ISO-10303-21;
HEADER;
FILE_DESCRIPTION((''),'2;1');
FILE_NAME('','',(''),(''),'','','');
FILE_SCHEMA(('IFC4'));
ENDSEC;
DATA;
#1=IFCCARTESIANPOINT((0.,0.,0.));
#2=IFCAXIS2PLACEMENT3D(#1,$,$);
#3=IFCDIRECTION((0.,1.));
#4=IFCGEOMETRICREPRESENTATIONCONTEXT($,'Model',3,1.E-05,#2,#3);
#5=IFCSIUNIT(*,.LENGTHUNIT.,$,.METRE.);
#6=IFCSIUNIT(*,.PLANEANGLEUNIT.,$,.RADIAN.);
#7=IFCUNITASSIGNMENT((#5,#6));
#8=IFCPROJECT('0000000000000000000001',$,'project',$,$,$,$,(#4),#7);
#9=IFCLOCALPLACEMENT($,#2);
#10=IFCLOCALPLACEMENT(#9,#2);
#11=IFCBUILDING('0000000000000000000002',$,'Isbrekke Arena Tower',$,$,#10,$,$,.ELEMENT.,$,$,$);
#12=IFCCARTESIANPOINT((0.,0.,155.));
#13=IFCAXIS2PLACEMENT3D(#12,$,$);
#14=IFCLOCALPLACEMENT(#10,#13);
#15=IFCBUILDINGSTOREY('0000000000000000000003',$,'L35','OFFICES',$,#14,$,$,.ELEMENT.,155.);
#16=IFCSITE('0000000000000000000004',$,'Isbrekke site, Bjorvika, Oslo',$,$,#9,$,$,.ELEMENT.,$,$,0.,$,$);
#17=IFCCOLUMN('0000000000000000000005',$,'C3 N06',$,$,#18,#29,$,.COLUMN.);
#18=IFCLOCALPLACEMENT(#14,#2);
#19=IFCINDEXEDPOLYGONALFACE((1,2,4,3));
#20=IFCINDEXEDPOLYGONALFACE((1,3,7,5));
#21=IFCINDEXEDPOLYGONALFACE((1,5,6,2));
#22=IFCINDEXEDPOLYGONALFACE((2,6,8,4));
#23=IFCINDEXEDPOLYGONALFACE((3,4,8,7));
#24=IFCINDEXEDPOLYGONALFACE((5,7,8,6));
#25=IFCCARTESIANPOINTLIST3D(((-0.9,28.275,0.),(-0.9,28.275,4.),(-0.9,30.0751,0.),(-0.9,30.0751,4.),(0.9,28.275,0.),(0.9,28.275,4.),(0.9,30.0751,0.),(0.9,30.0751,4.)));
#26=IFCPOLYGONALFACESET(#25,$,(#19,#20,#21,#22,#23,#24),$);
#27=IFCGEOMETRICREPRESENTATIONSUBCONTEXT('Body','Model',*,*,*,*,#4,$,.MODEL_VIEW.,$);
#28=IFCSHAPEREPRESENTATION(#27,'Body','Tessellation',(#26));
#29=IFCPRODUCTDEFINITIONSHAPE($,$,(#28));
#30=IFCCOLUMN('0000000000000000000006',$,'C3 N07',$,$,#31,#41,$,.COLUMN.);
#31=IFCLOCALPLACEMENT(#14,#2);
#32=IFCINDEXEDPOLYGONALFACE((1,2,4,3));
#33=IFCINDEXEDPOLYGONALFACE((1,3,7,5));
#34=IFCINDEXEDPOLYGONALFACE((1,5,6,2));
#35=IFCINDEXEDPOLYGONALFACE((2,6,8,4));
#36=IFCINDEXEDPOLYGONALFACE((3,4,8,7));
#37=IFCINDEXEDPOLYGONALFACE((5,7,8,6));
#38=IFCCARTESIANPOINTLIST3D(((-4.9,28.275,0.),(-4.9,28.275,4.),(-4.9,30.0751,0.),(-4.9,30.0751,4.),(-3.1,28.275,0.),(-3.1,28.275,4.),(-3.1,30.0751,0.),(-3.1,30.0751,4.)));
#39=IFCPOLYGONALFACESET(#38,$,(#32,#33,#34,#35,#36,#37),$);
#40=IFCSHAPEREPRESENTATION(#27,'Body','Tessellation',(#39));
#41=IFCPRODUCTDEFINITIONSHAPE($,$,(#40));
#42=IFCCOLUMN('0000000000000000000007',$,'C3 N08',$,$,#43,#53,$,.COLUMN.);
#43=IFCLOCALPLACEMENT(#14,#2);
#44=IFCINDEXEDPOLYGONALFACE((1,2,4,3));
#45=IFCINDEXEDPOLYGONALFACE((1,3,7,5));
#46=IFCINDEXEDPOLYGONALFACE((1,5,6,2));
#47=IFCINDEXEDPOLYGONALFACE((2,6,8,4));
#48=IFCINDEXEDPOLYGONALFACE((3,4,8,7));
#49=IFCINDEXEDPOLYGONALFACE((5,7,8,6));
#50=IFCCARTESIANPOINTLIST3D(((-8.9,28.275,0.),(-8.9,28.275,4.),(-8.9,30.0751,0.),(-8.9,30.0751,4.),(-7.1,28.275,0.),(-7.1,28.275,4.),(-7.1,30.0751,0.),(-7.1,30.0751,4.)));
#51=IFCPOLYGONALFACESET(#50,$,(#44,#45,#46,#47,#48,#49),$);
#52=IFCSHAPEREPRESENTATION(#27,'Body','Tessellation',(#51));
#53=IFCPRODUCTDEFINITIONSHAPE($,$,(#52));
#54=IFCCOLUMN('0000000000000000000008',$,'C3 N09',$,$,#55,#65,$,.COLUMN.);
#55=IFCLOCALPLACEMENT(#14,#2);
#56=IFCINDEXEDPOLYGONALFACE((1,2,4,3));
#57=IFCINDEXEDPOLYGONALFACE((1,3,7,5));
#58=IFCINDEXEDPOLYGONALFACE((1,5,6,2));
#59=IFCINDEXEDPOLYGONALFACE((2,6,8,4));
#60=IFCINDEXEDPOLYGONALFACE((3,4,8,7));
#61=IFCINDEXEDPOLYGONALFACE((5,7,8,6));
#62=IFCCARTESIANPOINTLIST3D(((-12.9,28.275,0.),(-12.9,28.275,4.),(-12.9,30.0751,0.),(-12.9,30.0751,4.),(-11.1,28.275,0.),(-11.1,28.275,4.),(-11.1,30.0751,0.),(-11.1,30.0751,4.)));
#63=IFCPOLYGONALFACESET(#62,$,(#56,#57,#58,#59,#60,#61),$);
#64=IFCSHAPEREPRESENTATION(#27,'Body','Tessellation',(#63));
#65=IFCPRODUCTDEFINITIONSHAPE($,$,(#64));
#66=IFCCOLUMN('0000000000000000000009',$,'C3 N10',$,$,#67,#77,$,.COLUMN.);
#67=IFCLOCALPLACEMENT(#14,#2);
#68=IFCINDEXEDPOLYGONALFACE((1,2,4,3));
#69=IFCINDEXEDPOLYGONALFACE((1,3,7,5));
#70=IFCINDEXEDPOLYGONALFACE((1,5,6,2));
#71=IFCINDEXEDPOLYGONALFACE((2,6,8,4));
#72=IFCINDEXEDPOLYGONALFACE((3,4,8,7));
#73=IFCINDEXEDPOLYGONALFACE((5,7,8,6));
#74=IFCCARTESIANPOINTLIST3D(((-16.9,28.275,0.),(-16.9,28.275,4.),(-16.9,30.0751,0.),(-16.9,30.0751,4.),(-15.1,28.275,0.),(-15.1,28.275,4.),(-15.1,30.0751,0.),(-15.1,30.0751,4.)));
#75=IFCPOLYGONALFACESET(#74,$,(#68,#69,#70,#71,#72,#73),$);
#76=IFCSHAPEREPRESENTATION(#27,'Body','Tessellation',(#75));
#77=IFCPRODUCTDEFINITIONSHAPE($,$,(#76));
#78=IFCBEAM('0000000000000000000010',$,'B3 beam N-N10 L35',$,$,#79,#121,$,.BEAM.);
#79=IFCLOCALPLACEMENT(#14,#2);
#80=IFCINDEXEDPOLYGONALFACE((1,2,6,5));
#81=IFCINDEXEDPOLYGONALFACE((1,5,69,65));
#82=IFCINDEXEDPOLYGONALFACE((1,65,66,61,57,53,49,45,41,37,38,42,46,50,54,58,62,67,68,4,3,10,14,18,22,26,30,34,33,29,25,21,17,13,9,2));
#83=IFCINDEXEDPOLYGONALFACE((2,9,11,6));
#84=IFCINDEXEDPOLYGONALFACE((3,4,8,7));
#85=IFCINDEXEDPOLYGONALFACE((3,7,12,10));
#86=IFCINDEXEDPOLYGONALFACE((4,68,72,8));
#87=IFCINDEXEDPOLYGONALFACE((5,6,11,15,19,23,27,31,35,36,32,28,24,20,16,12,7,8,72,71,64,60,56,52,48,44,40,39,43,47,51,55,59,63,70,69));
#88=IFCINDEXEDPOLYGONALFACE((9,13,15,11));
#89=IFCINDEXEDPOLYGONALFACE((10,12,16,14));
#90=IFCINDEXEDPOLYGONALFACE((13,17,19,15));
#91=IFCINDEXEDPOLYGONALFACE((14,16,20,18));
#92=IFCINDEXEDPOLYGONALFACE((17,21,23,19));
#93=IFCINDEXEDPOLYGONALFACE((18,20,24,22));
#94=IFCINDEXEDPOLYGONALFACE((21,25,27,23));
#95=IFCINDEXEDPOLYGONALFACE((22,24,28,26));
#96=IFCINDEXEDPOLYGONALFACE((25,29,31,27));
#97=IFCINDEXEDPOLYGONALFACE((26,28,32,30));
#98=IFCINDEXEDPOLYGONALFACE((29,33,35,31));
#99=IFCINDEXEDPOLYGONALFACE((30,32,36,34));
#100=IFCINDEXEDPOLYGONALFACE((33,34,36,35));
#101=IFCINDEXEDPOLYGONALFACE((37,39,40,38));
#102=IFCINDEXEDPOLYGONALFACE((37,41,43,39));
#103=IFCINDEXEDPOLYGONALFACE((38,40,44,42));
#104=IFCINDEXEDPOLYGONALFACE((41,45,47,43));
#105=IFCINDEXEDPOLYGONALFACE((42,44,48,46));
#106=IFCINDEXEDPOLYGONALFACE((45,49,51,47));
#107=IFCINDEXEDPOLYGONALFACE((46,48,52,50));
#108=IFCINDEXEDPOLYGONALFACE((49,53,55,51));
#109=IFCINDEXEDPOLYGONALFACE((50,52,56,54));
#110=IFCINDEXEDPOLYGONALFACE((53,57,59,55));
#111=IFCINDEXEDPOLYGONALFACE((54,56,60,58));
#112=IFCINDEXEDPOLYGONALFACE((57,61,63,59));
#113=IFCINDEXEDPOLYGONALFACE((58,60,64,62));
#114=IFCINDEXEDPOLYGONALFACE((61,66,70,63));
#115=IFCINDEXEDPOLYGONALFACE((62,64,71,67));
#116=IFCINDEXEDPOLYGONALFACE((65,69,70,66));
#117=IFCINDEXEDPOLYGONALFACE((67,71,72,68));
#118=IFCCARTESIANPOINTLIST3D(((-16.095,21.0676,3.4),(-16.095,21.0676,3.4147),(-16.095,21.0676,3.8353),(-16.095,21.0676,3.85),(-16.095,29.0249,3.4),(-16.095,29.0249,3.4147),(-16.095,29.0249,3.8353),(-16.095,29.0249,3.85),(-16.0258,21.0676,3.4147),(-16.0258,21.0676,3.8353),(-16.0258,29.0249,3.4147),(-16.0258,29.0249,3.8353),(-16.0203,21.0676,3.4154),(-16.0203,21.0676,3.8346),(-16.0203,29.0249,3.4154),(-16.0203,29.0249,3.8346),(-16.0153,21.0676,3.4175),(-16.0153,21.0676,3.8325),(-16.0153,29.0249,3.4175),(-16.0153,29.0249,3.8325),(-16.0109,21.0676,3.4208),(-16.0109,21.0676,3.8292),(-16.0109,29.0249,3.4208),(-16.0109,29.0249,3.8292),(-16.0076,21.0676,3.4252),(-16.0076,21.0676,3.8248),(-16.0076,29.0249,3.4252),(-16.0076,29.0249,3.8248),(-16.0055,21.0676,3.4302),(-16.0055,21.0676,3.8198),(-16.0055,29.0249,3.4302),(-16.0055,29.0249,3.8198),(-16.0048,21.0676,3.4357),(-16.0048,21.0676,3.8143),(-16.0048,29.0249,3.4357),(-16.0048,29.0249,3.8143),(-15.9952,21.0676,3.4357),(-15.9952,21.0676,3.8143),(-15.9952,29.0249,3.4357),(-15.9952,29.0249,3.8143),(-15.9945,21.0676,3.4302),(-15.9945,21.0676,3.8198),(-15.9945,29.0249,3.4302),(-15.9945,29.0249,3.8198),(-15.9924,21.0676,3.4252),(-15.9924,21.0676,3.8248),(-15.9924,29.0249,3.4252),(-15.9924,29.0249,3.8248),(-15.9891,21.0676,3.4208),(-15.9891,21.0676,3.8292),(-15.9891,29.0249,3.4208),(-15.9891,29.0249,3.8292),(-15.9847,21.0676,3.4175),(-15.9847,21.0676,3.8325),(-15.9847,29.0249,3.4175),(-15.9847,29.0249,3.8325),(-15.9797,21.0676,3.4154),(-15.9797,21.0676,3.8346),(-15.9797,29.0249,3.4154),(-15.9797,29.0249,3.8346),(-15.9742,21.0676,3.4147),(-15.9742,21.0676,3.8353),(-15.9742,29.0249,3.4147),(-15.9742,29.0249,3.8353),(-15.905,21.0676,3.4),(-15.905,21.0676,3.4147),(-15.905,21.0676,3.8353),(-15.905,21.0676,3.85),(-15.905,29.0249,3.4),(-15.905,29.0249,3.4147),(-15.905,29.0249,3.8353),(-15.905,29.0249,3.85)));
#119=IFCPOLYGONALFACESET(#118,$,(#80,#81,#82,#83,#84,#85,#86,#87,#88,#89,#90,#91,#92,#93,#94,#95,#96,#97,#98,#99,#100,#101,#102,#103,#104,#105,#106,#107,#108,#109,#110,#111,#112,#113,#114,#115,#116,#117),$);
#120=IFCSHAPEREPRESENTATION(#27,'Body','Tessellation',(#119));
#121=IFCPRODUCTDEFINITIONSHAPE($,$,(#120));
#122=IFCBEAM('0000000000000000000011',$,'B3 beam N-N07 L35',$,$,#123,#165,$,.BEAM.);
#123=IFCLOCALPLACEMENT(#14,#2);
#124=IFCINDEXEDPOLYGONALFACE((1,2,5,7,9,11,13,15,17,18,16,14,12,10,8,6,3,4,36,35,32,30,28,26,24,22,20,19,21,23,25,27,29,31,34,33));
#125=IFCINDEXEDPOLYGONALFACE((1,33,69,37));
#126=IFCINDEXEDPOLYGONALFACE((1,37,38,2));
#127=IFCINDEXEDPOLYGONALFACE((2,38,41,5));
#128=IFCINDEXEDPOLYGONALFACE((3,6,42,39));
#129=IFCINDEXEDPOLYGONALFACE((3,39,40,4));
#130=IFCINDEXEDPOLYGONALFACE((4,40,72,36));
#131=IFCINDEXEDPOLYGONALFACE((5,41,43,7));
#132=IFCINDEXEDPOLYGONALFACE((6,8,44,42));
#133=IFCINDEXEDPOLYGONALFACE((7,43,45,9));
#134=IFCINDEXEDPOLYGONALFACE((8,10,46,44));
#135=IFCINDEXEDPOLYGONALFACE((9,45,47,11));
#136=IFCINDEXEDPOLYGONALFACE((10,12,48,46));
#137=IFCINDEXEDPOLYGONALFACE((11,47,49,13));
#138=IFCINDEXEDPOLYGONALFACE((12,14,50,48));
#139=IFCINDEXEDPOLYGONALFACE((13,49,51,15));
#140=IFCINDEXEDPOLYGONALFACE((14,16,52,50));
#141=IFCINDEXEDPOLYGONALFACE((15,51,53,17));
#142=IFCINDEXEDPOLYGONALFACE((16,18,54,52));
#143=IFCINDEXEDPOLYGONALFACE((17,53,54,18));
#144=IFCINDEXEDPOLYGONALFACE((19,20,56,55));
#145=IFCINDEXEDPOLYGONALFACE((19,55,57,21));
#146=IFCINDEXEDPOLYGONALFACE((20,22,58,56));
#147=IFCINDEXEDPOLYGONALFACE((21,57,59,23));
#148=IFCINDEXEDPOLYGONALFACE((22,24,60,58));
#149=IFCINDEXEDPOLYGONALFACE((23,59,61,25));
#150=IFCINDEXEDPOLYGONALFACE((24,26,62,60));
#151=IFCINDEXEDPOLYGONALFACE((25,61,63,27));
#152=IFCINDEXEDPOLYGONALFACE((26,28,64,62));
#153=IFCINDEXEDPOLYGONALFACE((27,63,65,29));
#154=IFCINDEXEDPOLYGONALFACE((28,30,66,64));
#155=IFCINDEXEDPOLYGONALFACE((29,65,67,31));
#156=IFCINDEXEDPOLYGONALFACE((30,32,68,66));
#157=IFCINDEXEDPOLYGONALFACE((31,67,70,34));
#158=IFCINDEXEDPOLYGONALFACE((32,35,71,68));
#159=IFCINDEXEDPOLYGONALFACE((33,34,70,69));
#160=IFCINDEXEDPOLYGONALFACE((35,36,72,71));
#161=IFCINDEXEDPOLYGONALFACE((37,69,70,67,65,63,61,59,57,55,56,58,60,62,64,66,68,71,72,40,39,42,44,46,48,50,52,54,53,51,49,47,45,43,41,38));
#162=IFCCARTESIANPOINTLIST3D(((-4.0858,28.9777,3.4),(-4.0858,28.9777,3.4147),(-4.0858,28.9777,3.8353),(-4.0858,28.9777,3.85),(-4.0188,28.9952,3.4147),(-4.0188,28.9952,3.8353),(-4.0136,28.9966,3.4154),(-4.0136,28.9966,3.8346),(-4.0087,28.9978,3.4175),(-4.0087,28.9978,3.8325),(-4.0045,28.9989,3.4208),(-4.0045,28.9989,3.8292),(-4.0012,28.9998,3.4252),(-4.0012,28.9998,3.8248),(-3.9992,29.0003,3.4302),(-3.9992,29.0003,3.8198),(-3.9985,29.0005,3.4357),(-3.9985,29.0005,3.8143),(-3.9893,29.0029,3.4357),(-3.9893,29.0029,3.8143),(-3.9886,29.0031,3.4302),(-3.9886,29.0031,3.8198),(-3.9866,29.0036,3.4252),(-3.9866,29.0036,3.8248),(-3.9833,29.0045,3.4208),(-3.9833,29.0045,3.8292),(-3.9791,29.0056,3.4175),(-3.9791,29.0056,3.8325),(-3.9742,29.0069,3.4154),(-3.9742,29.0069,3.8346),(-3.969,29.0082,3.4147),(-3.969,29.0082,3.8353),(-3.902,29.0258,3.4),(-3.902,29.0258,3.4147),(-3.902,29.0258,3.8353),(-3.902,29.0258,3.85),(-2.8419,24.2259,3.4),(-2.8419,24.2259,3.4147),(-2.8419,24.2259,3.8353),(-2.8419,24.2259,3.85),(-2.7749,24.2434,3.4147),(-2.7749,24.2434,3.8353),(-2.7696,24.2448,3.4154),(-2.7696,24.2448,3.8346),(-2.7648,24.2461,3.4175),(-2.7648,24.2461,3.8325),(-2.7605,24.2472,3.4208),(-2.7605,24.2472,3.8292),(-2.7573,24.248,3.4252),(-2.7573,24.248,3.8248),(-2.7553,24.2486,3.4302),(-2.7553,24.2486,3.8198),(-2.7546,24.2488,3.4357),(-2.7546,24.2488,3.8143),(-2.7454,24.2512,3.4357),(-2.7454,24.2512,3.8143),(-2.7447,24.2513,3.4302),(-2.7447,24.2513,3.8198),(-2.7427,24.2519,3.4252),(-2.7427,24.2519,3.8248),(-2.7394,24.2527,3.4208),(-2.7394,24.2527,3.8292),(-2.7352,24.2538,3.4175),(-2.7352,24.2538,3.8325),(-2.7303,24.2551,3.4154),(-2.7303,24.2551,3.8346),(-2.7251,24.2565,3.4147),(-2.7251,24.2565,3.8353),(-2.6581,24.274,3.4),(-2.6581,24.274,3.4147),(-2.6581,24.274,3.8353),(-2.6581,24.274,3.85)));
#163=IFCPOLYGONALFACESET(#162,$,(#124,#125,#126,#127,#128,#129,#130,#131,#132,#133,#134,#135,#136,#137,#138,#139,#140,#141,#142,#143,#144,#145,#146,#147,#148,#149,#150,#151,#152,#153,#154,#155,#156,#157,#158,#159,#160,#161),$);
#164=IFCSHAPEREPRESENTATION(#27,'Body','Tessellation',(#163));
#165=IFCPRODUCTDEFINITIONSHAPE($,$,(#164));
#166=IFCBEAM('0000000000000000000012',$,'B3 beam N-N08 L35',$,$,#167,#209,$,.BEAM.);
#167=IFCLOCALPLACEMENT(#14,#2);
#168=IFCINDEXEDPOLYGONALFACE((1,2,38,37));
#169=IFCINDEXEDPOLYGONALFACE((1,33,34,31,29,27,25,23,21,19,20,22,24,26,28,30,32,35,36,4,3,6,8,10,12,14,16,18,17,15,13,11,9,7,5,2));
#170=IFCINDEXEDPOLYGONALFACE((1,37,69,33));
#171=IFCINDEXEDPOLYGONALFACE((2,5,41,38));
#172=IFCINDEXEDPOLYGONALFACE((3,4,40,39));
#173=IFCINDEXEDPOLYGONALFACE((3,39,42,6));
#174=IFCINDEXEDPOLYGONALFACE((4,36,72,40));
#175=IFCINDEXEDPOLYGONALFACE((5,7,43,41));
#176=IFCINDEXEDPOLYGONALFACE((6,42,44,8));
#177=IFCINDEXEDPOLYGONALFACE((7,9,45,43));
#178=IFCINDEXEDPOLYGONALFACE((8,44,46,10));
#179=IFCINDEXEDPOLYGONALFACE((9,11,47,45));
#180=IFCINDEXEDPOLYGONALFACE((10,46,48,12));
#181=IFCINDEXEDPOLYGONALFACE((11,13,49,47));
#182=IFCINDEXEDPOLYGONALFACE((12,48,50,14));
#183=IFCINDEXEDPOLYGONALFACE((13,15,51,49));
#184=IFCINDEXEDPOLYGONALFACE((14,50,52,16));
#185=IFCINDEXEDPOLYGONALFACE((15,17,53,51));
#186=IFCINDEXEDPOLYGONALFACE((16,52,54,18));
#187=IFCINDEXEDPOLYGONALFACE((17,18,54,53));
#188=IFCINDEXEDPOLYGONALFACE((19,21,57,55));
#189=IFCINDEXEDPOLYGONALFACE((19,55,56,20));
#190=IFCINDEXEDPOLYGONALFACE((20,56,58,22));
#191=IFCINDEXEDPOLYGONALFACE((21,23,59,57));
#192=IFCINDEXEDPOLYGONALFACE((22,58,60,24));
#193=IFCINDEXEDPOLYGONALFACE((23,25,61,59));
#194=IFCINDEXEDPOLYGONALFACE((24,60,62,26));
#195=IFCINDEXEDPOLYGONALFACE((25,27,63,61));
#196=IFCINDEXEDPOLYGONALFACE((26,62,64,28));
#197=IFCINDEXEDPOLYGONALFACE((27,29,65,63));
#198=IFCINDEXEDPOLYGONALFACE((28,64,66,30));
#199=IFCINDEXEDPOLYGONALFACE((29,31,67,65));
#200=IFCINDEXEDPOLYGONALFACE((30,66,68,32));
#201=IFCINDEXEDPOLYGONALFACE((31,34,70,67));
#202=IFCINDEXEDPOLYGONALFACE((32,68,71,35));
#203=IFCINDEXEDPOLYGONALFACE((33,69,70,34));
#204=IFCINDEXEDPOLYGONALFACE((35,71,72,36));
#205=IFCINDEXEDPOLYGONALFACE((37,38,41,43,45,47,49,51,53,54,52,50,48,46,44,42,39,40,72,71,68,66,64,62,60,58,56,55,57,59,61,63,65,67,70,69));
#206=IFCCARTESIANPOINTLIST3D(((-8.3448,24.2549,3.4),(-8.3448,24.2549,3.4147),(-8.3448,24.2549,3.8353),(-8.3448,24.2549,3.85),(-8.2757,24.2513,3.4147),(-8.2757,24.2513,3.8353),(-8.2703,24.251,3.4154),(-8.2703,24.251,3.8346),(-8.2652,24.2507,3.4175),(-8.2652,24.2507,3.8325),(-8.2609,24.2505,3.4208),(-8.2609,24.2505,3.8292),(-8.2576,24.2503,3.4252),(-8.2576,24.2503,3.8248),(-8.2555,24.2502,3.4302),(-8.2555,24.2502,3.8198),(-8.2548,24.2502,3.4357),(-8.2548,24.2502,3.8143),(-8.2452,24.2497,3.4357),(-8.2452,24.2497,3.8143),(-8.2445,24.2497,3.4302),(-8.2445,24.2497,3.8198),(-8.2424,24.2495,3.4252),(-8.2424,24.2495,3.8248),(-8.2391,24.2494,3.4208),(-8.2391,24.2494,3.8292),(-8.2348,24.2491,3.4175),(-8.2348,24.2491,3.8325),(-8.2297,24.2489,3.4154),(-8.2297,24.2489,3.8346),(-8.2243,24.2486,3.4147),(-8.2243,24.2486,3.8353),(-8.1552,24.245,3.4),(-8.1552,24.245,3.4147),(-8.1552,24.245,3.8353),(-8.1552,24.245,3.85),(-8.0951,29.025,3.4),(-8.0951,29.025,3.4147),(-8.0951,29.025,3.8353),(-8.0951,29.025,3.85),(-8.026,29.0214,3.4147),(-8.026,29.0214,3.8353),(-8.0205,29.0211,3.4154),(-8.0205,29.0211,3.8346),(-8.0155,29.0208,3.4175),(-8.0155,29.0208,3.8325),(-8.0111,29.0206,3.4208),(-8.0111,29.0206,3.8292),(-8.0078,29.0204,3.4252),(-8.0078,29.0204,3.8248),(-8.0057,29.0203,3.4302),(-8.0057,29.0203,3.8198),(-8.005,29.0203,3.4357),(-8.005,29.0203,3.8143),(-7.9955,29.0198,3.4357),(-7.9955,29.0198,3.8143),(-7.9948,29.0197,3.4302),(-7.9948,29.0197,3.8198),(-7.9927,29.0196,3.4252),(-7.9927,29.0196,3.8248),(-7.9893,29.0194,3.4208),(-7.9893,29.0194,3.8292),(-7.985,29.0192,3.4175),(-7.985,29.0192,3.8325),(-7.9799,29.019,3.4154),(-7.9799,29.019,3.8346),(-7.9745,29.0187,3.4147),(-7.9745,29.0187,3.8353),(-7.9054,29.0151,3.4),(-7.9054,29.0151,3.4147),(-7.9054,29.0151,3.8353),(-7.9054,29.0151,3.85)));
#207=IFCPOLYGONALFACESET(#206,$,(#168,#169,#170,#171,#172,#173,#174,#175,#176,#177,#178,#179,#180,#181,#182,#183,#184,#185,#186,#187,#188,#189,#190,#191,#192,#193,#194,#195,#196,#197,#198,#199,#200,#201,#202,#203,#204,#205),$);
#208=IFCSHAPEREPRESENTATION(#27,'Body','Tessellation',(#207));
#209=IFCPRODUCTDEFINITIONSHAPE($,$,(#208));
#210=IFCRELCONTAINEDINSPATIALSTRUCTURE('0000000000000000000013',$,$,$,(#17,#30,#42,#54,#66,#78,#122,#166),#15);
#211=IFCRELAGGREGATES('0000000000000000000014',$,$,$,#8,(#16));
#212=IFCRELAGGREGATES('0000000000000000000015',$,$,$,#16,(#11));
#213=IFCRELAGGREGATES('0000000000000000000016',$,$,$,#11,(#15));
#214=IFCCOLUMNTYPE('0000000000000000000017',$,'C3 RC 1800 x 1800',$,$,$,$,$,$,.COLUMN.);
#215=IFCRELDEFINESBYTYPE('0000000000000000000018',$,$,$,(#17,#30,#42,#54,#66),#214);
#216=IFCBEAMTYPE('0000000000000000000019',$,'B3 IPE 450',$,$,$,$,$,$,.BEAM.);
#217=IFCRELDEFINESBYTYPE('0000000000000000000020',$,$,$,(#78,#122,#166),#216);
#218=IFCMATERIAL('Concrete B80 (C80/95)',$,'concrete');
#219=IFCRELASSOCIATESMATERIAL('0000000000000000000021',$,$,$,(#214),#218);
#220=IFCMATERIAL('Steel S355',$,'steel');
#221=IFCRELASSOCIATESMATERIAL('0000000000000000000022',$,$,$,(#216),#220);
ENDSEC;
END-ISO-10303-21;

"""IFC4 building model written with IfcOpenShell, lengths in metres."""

from ifc_helpers import new_model, si_unit, direction, frame, origin, origin_2d, place, context, subcontext, project, spatial, rectangle, i_section, extrude, material, material_profile, profile_set, type_object, element, save


model = new_model("IFC4")

# Units and contexts
model_context = context("Model", 3, precision=1e-05, world=origin(), true_north=direction((0.0, 1.0)))
body_context = subcontext(model_context, "Body", "Model", "MODEL_VIEW")
ifc_project = project(units=[si_unit("LENGTHUNIT", "METRE"), si_unit("PLANEANGLEUNIT", "RADIAN")], contexts=[model_context])

# Site, building, storey
site_placement = place(None, origin())
site = spatial("IfcSite", under=ifc_project, at=site_placement, Name="Isbrekke site, Bjorvika, Oslo", CompositionType="ELEMENT", RefElevation=0.0)
building_placement = place(site_placement, origin())
building = spatial("IfcBuilding", under=site, at=building_placement, Name="Isbrekke Arena Tower", CompositionType="ELEMENT")
storey_placement = place(building_placement, frame((0.0, 0.0, 155.0)))
storey = spatial("IfcBuildingStorey", under=building, at=storey_placement, Name="L35", Description="OFFICES", CompositionType="ELEMENT", Elevation=155.0)

# Columns
ifc_material_1 = material(Name="Concrete B80 (C80/95)", Category="concrete")
ifc_material_profile_1 = material_profile(ifc_material_1, rectangle(XDim=1.8, YDim=1.8, at=origin_2d()), Name="RC 1800x1800")
ifc_profile_set_1 = profile_set([ifc_material_profile_1], Name="Concrete B80 (C80/95)")
column_type = type_object("IfcColumnType", Name="C3 RC 1800 x 1800", PredefinedType="COLUMN", material=ifc_profile_set_1)
for number, where, z_axis, x_axis, name in (
    (1, (0.0, 29.175, 0.0), (0.0, 0.0, 1.0), (-1.0, 0.0, 0.0), "C3 N06"),
    (2, (-4.0, 29.175, 0.0), (0.0, 0.0, 1.0), (-1.0, 0.0, 0.0), "C3 N07"),
    (3, (-8.0, 29.175, 0.0), (0.0, 0.0, 1.0), (-1.0, 0.0, 0.0), "C3 N08"),
    (4, (-12.0, 29.175, 0.0), (0.0, 0.0, 1.0), (-1.0, 0.0, 0.0), "C3 N09"),
    (5, (-16.0, 29.175, 0.0), (0.0, 0.0, 1.0), (-1.0, 0.0, 0.0), "C3 N10"),
):
    element("IfcColumn", number, at=place(storey_placement, frame(where, z_axis=z_axis, x_axis=x_axis)), inside=storey, type_object=column_type, Name=name, PredefinedType="COLUMN", context=body_context, shape_type="SweptSolid", body=[
        extrude(rectangle(XDim=1.8, YDim=1.8, at=origin_2d()), origin(), (0.0, 0.0, 1.0), 4.0),
    ])

# Beams
ifc_material_2 = material(Name="Steel S355", Category="steel")
ifc_material_profile_2 = material_profile(ifc_material_2, i_section(OverallWidth=0.1899, OverallDepth=0.45, WebThickness=0.0095, FlangeThickness=0.0146, FilletRadius=0.021, at=origin_2d()), Name="IPE 450")
ifc_profile_set_2 = profile_set([ifc_material_profile_2], Name="Steel S355")
beam_type_1 = type_object("IfcBeamType", Name="B3 IPE 450", PredefinedType="BEAM", material=ifc_profile_set_2)
beam_1_placement = place(storey_placement, frame((-16.0, 29.0249, 3.625), z_axis=(0.0, -1.0, 0.0), x_axis=(1.0, 0.0, 0.0)))
element("IfcBeam", 6, at=beam_1_placement, inside=storey, type_object=beam_type_1, Name="B3 beam N-N10 L35", PredefinedType="BEAM", context=body_context, shape_type="SweptSolid", body=[
    extrude(i_section(OverallWidth=0.1899, OverallDepth=0.45, WebThickness=0.0095, FlangeThickness=0.0146, FilletRadius=0.021, at=origin_2d()), origin(), (0.0, 0.0, 1.0), 7.9573),
])
beam_2_placement = place(storey_placement, frame((-3.9939, 29.0017, 3.625), z_axis=(0.253245, -0.967402, 0.0), x_axis=(0.967402, 0.253245, 0.0)))
element("IfcBeam", 7, at=beam_2_placement, inside=storey, type_object=beam_type_1, Name="B3 beam N-N07 L35", PredefinedType="BEAM", context=body_context, shape_type="SweptSolid", body=[
    extrude(i_section(OverallWidth=0.1899, OverallDepth=0.45, WebThickness=0.0095, FlangeThickness=0.0146, FilletRadius=0.021, at=origin_2d()), origin(), (0.0, 0.0, 1.0), 4.9119),
])
beam_3_placement = place(storey_placement, frame((-8.0002, 29.02, 3.625), z_axis=(-0.052288, -0.998632, 0.0), x_axis=(0.998632, -0.052288, 0.0)))
element("IfcBeam", 8, at=beam_3_placement, inside=storey, type_object=beam_type_1, Name="B3 beam N-N08 L35", PredefinedType="BEAM", context=body_context, shape_type="SweptSolid", body=[
    extrude(i_section(OverallWidth=0.1899, OverallDepth=0.45, WebThickness=0.0095, FlangeThickness=0.0146, FilletRadius=0.021, at=origin_2d()), origin(), (0.0, 0.0, 1.0), 4.7766),
])

save(model, "model.ifc")
